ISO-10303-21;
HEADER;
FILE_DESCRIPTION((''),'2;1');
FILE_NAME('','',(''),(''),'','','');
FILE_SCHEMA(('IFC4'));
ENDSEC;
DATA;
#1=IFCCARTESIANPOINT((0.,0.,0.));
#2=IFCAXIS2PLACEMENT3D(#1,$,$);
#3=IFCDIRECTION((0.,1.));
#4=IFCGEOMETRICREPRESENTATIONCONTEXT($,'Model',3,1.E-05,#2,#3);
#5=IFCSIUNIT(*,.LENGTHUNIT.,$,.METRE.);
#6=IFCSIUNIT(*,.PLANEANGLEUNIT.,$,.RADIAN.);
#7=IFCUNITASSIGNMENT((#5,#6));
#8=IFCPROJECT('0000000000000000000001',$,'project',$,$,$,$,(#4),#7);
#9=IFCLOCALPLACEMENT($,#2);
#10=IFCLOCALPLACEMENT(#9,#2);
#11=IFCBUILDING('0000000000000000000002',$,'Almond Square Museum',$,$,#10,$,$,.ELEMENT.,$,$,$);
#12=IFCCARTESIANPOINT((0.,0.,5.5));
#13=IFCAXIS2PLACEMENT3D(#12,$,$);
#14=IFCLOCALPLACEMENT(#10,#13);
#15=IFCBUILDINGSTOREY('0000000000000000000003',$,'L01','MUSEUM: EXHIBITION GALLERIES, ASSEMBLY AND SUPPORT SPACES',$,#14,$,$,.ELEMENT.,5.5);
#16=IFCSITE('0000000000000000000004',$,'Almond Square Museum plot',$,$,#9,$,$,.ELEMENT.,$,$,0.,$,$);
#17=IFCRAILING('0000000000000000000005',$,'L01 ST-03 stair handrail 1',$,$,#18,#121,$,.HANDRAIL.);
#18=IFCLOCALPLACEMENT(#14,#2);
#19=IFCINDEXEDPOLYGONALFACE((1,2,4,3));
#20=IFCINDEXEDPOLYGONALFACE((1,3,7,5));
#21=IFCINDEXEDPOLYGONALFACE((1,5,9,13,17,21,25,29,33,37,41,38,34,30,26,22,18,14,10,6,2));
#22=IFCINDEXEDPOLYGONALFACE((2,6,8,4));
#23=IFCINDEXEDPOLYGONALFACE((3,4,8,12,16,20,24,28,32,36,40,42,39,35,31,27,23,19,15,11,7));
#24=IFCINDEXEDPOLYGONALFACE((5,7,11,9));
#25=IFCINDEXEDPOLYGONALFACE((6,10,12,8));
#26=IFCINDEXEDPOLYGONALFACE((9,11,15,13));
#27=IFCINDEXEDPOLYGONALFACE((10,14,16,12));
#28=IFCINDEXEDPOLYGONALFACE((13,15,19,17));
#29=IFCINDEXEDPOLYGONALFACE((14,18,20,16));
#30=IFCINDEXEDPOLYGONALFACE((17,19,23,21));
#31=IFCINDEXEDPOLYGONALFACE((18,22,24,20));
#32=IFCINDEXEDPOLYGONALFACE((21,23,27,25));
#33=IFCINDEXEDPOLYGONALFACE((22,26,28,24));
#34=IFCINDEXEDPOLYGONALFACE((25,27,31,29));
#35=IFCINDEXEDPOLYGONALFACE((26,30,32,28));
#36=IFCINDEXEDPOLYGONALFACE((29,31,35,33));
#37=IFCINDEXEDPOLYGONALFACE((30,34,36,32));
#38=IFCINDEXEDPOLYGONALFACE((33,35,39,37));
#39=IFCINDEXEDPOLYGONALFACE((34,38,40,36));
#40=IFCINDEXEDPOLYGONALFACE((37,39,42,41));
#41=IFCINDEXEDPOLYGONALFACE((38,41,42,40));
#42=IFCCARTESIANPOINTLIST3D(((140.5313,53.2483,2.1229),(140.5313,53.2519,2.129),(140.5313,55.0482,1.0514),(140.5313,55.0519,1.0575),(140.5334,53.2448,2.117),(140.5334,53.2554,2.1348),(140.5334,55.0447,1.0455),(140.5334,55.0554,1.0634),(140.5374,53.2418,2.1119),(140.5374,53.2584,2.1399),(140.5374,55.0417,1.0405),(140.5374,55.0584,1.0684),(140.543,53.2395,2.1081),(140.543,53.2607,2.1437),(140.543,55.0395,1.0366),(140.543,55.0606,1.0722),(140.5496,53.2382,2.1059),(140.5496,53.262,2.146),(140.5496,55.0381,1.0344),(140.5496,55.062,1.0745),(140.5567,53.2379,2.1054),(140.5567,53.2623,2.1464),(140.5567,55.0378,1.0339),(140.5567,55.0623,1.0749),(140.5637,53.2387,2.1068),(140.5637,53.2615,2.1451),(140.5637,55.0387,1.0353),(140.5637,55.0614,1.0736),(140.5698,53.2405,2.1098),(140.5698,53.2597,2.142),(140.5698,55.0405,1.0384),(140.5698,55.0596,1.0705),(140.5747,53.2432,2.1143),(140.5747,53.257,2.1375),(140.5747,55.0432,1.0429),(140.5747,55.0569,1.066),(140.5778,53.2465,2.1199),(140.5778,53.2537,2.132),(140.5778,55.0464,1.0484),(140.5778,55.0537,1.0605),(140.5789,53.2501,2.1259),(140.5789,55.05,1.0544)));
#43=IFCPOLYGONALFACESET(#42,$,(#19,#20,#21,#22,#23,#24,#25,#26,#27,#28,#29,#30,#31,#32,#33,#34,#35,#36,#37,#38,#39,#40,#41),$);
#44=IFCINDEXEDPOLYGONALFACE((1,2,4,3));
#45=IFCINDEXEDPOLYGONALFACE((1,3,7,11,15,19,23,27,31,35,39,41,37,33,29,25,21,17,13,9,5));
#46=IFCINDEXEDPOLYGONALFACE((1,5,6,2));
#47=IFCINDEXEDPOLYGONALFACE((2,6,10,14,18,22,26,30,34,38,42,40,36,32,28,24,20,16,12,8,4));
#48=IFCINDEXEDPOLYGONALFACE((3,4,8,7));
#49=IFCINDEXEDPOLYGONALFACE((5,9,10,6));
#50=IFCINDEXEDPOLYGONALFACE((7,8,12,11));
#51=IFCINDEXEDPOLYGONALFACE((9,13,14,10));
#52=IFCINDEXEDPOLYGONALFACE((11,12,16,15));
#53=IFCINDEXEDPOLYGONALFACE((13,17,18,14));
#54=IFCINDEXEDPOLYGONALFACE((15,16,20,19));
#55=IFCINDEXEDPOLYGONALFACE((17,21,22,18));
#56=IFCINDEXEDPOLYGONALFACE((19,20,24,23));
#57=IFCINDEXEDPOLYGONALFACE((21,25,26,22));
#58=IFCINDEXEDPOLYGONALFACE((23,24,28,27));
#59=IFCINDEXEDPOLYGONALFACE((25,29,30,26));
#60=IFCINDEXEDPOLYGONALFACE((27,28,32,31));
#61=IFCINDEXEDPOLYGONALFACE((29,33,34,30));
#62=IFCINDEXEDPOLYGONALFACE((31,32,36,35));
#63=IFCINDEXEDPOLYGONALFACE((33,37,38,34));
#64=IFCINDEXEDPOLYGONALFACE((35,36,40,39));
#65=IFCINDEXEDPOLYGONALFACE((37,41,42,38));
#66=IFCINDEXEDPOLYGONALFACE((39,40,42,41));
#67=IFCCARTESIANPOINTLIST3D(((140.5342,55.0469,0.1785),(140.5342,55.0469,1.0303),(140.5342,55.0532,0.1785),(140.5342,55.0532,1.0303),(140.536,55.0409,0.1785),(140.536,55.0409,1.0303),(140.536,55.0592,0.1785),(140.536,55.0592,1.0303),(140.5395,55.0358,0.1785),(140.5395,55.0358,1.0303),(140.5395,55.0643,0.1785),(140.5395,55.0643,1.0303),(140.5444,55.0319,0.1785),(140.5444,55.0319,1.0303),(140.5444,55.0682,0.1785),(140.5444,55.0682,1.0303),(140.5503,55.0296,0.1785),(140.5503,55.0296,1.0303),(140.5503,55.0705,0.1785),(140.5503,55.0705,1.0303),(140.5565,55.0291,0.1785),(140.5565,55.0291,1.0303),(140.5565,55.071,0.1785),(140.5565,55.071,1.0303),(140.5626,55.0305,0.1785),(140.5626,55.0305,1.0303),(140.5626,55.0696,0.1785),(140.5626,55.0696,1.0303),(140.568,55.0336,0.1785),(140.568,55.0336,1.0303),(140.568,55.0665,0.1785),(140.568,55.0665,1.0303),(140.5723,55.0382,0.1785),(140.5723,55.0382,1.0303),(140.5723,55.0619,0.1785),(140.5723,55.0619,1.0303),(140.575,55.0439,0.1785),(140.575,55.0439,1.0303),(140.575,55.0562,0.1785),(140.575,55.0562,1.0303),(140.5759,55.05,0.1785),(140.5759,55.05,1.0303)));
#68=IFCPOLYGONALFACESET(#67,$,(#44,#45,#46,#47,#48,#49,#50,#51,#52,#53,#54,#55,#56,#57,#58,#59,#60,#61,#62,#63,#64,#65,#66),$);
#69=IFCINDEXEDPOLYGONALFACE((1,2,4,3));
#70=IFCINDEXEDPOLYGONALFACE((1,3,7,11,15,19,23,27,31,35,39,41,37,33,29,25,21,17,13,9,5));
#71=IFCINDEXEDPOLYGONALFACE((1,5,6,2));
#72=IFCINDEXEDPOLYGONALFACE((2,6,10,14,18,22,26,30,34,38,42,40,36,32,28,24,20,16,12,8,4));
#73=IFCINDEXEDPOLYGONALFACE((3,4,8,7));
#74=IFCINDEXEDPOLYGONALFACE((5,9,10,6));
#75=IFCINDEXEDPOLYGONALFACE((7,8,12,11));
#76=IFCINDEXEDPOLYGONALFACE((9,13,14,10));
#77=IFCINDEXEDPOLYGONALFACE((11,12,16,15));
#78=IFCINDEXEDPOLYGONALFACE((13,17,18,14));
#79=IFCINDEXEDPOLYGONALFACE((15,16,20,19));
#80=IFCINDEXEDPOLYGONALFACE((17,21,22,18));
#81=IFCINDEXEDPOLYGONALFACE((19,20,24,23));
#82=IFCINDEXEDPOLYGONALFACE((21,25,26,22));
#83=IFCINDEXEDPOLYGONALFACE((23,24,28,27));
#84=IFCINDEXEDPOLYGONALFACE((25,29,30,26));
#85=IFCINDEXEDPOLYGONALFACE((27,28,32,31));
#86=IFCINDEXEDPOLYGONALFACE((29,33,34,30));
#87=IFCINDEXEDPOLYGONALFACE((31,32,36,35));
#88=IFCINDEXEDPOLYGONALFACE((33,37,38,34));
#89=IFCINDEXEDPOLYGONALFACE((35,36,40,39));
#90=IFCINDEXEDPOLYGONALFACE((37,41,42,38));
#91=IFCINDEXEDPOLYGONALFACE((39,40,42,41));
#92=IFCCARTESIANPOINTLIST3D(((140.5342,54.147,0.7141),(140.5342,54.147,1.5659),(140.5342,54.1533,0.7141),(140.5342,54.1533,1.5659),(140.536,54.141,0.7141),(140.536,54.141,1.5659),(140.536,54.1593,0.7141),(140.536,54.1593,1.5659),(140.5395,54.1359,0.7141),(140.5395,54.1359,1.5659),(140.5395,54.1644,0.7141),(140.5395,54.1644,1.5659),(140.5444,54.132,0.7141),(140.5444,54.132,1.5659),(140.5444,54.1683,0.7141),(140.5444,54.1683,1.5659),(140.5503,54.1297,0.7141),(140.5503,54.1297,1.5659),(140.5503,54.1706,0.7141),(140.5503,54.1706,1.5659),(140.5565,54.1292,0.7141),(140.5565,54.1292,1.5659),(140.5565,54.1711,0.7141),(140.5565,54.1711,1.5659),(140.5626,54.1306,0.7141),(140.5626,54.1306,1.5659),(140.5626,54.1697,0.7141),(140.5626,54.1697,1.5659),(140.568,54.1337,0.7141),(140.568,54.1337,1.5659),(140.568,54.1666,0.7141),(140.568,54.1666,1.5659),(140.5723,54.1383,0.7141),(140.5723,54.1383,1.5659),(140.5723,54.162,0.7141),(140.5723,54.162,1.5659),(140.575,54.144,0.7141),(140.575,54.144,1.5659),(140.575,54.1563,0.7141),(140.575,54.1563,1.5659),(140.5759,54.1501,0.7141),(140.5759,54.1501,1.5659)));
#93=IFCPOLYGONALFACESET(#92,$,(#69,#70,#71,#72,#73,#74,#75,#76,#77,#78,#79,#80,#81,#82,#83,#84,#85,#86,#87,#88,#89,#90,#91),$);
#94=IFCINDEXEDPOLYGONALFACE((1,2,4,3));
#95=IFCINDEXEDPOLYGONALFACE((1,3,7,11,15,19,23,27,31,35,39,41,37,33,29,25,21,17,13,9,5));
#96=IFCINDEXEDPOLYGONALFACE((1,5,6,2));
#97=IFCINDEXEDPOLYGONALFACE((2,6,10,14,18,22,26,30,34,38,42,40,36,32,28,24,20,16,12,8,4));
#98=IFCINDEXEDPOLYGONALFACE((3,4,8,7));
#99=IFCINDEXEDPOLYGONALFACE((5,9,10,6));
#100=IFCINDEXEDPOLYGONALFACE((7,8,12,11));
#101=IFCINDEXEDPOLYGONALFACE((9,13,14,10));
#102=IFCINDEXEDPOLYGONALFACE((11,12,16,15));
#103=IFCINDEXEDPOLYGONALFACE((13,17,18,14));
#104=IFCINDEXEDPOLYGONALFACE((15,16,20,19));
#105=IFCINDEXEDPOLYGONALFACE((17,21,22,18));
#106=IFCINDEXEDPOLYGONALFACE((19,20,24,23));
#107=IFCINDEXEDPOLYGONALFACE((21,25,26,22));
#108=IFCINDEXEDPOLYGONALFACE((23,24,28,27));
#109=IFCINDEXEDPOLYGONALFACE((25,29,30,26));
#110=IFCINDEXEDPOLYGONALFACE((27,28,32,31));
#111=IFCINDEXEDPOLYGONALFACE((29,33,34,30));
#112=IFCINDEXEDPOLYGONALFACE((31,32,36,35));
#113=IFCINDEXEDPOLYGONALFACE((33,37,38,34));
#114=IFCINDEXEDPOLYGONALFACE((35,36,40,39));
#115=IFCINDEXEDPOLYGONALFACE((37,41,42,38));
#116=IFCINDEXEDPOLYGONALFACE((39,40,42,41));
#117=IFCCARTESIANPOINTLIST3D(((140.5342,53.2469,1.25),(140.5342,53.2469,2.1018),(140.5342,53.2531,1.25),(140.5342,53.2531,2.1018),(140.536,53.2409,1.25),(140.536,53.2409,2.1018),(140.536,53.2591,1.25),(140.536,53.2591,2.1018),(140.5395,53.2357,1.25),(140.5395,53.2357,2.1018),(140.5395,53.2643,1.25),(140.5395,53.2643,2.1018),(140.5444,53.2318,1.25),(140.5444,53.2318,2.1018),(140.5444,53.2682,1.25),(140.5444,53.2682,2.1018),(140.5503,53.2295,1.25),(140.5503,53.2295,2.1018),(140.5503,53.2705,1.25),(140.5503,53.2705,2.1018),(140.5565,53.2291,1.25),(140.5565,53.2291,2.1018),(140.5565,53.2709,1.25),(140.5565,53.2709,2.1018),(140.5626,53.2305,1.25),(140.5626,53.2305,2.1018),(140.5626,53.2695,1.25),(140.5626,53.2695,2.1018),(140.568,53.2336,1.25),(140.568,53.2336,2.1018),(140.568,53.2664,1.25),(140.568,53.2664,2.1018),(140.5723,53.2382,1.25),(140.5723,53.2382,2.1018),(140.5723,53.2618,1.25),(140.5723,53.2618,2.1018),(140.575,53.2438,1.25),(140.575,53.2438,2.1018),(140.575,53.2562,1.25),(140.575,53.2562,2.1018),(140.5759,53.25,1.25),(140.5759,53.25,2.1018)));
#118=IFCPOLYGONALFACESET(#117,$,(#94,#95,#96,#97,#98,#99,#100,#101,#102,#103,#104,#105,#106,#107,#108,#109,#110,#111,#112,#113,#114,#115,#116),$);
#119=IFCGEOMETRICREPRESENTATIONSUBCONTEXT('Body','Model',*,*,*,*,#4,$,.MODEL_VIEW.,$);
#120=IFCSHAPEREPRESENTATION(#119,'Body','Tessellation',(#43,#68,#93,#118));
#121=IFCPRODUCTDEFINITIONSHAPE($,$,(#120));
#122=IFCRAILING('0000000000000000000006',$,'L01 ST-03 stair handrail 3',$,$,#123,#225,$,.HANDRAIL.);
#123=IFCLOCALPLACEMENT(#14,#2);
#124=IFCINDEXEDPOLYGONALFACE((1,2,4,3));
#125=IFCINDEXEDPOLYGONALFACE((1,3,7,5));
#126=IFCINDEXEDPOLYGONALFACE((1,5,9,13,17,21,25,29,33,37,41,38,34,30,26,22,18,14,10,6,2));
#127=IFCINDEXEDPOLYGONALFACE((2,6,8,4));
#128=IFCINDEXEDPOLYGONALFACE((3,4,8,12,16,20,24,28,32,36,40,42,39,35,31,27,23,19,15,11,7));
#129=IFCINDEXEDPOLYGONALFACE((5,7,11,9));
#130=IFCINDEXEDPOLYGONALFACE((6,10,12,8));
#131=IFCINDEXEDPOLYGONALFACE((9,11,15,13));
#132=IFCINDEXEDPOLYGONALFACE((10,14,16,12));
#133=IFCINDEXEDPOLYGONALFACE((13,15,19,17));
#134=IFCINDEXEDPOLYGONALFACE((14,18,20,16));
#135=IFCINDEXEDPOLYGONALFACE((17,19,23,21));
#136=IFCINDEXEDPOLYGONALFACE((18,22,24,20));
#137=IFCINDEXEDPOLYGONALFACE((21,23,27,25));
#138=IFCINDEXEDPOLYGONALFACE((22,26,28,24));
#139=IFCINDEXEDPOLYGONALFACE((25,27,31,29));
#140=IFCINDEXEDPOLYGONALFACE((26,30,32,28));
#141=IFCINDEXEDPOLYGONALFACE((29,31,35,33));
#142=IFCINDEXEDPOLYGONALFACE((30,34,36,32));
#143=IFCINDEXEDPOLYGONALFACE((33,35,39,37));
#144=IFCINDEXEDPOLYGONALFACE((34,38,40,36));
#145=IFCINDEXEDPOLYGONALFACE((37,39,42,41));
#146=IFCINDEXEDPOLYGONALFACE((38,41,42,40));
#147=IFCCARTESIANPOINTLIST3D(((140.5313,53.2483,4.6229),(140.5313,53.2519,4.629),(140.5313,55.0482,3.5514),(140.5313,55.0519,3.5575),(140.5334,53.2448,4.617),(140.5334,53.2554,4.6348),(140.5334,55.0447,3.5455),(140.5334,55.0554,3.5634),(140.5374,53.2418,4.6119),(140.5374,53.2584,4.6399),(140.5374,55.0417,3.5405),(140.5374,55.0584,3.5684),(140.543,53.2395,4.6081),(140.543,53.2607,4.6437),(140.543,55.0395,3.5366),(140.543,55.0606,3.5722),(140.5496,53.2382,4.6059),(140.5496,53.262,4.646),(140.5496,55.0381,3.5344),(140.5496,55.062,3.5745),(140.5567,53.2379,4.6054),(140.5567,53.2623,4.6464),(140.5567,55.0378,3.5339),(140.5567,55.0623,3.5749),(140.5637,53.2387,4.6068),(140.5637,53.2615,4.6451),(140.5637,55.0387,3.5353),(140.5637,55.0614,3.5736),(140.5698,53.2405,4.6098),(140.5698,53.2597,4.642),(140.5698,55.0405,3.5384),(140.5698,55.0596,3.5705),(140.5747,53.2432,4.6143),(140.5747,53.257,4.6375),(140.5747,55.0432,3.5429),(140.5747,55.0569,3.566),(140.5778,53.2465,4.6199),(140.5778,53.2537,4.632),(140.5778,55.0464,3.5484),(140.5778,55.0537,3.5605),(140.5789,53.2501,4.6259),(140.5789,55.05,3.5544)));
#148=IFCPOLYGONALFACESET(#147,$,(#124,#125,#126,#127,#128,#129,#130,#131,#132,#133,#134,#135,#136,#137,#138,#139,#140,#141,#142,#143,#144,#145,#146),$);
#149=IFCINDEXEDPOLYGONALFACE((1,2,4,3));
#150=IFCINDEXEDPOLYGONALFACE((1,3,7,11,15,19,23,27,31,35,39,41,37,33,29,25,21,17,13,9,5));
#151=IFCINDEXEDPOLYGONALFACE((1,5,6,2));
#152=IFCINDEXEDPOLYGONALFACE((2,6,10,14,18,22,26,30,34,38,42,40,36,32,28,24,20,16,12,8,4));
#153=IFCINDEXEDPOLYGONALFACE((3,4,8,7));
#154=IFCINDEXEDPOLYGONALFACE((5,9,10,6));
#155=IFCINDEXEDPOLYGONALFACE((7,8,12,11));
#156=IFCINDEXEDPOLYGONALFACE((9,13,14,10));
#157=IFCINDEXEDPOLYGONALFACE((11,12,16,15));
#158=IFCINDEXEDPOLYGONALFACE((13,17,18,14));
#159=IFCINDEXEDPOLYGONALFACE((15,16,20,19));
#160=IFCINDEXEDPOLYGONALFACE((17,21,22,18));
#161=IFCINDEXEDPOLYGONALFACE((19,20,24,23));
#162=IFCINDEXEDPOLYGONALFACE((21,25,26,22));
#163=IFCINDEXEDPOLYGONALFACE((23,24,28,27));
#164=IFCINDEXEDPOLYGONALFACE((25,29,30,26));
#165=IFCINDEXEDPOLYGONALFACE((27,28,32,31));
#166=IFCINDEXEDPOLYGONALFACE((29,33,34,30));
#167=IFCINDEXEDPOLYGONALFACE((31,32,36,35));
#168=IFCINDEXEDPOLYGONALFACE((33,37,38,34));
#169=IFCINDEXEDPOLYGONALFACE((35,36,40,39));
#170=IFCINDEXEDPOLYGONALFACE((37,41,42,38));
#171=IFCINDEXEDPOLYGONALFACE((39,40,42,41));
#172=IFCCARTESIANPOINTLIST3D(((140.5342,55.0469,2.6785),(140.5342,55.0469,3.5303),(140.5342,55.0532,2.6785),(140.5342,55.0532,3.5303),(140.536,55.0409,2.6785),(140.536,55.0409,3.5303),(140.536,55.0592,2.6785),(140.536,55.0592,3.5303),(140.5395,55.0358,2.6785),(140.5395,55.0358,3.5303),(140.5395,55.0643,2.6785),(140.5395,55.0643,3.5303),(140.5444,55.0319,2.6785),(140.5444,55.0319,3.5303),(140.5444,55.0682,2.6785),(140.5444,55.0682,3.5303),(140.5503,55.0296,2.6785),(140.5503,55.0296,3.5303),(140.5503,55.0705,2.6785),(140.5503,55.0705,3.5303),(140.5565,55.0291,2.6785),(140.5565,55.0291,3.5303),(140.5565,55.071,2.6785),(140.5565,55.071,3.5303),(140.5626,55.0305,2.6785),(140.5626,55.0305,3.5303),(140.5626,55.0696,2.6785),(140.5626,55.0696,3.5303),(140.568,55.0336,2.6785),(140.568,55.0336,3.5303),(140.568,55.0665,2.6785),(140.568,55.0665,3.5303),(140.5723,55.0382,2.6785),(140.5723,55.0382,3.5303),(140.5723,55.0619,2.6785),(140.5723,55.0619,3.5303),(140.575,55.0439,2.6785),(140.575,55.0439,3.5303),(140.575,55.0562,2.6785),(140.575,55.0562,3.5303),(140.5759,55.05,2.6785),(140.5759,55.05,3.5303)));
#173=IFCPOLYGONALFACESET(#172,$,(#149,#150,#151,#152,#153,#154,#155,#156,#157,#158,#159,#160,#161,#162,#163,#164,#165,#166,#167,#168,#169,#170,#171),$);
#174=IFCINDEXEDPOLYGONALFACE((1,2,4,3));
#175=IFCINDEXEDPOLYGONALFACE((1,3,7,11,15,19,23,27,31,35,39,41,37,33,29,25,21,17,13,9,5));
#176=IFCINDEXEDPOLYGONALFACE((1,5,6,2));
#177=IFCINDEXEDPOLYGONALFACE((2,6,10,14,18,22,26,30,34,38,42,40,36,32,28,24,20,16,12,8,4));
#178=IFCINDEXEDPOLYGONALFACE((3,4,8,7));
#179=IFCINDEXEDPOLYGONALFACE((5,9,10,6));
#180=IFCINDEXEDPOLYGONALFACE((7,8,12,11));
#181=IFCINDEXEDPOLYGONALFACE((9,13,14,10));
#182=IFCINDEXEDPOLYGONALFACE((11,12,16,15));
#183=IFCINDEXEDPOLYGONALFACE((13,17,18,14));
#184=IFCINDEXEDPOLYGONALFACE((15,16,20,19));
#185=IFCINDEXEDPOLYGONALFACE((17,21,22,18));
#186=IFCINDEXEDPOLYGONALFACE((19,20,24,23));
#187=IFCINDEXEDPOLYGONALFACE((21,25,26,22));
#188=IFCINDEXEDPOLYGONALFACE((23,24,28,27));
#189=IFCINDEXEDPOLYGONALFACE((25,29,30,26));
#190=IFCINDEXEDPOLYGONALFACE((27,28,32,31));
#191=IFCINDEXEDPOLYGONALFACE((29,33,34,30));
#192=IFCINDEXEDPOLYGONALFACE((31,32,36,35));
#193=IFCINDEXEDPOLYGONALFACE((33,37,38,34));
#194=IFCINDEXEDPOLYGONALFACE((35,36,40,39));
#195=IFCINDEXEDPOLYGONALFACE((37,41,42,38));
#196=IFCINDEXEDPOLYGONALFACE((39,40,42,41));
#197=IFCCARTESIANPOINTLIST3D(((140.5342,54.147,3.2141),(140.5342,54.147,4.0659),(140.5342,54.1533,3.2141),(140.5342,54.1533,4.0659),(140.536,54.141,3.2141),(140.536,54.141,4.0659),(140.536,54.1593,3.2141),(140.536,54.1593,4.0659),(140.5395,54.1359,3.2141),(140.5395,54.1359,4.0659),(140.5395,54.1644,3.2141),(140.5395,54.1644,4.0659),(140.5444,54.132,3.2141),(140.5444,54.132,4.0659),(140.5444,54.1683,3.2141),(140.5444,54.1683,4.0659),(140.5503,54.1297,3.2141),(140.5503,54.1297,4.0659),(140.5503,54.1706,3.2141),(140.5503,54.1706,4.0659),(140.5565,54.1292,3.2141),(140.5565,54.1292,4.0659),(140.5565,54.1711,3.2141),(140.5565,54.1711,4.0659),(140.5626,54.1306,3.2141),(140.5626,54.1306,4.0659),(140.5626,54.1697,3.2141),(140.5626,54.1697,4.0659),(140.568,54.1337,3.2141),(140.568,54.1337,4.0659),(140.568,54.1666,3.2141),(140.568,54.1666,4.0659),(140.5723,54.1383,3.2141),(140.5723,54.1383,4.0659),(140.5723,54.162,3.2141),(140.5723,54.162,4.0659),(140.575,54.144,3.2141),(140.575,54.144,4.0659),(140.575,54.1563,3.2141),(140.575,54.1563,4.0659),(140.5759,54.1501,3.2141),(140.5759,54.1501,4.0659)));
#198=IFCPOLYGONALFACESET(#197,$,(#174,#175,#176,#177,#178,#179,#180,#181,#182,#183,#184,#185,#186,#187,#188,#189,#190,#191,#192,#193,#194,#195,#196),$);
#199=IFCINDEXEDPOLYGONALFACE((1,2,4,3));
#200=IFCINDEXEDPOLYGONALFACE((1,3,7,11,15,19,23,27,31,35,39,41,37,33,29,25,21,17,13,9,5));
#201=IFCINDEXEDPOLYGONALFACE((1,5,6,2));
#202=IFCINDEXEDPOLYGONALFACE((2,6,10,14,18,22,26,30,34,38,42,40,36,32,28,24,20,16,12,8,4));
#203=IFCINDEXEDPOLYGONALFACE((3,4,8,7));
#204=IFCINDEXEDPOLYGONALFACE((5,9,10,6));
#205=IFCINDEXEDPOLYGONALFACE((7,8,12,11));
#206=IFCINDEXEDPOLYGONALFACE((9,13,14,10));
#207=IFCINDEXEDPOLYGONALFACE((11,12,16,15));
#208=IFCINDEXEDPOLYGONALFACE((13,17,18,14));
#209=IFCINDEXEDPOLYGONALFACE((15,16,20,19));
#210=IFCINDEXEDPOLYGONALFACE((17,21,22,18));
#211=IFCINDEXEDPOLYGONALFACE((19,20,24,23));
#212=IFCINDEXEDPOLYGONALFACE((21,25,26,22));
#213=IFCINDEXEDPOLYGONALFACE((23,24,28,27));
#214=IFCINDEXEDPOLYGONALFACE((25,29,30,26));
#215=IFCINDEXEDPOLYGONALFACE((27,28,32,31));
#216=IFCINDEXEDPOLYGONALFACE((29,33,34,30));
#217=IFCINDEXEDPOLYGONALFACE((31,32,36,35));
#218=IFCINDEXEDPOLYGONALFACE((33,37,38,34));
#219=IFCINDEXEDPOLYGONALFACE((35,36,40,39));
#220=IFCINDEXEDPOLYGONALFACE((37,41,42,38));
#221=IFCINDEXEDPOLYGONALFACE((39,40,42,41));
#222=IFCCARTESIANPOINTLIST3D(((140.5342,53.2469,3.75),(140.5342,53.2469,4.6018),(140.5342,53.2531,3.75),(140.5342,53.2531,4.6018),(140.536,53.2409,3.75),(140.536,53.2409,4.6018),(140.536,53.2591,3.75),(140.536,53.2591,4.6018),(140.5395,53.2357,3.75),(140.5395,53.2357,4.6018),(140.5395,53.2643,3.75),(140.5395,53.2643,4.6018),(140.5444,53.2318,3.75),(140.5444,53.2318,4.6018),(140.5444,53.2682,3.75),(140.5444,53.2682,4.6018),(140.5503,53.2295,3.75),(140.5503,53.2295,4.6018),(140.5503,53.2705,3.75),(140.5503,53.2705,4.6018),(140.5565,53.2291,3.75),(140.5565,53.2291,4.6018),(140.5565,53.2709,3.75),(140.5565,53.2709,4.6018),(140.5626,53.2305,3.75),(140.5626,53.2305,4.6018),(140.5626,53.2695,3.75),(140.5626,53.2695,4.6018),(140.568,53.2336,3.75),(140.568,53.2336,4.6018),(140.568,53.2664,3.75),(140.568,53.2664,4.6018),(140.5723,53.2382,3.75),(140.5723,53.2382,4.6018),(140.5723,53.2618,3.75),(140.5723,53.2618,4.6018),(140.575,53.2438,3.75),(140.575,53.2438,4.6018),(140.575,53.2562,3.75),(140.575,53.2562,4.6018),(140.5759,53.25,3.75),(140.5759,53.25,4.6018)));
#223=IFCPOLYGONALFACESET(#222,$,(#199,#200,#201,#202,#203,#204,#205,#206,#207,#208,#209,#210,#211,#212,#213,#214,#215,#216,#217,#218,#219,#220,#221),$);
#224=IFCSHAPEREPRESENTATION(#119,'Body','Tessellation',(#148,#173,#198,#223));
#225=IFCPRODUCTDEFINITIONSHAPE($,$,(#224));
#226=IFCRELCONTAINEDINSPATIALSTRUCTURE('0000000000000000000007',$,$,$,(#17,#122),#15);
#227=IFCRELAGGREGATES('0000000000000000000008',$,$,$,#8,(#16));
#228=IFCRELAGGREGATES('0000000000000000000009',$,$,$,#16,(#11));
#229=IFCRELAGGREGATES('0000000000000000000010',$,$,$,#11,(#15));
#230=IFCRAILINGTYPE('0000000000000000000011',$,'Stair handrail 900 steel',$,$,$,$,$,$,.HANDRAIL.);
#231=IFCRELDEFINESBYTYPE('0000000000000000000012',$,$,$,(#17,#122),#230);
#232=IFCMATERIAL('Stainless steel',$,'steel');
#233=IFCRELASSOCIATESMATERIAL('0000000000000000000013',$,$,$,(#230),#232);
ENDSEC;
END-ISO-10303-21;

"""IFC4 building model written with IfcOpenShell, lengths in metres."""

from ifc_helpers import new_model, si_unit, direction, frame, origin, origin_2d, place, context, subcontext, project, spatial, circle, extrude, material, type_object, element, save


model = new_model("IFC4")

# Units and contexts
model_context = context("Model", 3, precision=1e-05, world=origin(), true_north=direction((0.0, 1.0)))
body_context = subcontext(model_context, "Body", "Model", "MODEL_VIEW")
ifc_project = project(units=[si_unit("LENGTHUNIT", "METRE"), si_unit("PLANEANGLEUNIT", "RADIAN")], contexts=[model_context])

# Site, building, storey
site_placement = place(None, origin())
site = spatial("IfcSite", under=ifc_project, at=site_placement, Name="Almond Square Museum plot", CompositionType="ELEMENT", RefElevation=0.0)
building_placement = place(site_placement, origin())
building = spatial("IfcBuilding", under=site, at=building_placement, Name="Almond Square Museum", CompositionType="ELEMENT")
storey_placement = place(building_placement, frame((0.0, 0.0, 5.5)))
storey = spatial("IfcBuildingStorey", under=building, at=storey_placement, Name="L01", Description="MUSEUM: EXHIBITION GALLERIES, ASSEMBLY AND SUPPORT SPACES", CompositionType="ELEMENT", Elevation=5.5)

# Railings
ifc_material_1 = material(Name="Stainless steel", Category="steel")
railing_type_1 = type_object("IfcRailingType", Name="Stair handrail 900 steel", PredefinedType="HANDRAIL", material=ifc_material_1)
for number, where, name in (
    (1, (140.5549, 55.05, 0.1785), "L01 ST-03 stair handrail 1"),
    (2, (140.5549, 55.05, 2.6785), "L01 ST-03 stair handrail 3"),
):
    element("IfcRailing", number, at=place(storey_placement, frame(where)), inside=storey, type_object=railing_type_1, Name=name, PredefinedType="HANDRAIL", context=body_context, shape_type="SweptSolid", body=[
        extrude(circle(Radius=0.0239, at=origin_2d()), frame((0.0, 0.0, 0.876), z_axis=(0.0, -0.859277, 0.51151), x_axis=(1.0, 0.0, 0.0)), (0.0, 0.0, 1.0), 2.0947),
        extrude(circle(Radius=0.021, at=origin_2d()), origin(), (0.0, 0.0, 1.0), 0.8518),
        extrude(circle(Radius=0.021, at=origin_2d()), frame((0.0, -0.8999, 0.5356)), (0.0, 0.0, 1.0), 0.8518),
        extrude(circle(Radius=0.021, at=origin_2d()), frame((0.0, -1.8, 1.0715)), (0.0, 0.0, 1.0), 0.8518),
    ])

save(model, "model.ifc")
